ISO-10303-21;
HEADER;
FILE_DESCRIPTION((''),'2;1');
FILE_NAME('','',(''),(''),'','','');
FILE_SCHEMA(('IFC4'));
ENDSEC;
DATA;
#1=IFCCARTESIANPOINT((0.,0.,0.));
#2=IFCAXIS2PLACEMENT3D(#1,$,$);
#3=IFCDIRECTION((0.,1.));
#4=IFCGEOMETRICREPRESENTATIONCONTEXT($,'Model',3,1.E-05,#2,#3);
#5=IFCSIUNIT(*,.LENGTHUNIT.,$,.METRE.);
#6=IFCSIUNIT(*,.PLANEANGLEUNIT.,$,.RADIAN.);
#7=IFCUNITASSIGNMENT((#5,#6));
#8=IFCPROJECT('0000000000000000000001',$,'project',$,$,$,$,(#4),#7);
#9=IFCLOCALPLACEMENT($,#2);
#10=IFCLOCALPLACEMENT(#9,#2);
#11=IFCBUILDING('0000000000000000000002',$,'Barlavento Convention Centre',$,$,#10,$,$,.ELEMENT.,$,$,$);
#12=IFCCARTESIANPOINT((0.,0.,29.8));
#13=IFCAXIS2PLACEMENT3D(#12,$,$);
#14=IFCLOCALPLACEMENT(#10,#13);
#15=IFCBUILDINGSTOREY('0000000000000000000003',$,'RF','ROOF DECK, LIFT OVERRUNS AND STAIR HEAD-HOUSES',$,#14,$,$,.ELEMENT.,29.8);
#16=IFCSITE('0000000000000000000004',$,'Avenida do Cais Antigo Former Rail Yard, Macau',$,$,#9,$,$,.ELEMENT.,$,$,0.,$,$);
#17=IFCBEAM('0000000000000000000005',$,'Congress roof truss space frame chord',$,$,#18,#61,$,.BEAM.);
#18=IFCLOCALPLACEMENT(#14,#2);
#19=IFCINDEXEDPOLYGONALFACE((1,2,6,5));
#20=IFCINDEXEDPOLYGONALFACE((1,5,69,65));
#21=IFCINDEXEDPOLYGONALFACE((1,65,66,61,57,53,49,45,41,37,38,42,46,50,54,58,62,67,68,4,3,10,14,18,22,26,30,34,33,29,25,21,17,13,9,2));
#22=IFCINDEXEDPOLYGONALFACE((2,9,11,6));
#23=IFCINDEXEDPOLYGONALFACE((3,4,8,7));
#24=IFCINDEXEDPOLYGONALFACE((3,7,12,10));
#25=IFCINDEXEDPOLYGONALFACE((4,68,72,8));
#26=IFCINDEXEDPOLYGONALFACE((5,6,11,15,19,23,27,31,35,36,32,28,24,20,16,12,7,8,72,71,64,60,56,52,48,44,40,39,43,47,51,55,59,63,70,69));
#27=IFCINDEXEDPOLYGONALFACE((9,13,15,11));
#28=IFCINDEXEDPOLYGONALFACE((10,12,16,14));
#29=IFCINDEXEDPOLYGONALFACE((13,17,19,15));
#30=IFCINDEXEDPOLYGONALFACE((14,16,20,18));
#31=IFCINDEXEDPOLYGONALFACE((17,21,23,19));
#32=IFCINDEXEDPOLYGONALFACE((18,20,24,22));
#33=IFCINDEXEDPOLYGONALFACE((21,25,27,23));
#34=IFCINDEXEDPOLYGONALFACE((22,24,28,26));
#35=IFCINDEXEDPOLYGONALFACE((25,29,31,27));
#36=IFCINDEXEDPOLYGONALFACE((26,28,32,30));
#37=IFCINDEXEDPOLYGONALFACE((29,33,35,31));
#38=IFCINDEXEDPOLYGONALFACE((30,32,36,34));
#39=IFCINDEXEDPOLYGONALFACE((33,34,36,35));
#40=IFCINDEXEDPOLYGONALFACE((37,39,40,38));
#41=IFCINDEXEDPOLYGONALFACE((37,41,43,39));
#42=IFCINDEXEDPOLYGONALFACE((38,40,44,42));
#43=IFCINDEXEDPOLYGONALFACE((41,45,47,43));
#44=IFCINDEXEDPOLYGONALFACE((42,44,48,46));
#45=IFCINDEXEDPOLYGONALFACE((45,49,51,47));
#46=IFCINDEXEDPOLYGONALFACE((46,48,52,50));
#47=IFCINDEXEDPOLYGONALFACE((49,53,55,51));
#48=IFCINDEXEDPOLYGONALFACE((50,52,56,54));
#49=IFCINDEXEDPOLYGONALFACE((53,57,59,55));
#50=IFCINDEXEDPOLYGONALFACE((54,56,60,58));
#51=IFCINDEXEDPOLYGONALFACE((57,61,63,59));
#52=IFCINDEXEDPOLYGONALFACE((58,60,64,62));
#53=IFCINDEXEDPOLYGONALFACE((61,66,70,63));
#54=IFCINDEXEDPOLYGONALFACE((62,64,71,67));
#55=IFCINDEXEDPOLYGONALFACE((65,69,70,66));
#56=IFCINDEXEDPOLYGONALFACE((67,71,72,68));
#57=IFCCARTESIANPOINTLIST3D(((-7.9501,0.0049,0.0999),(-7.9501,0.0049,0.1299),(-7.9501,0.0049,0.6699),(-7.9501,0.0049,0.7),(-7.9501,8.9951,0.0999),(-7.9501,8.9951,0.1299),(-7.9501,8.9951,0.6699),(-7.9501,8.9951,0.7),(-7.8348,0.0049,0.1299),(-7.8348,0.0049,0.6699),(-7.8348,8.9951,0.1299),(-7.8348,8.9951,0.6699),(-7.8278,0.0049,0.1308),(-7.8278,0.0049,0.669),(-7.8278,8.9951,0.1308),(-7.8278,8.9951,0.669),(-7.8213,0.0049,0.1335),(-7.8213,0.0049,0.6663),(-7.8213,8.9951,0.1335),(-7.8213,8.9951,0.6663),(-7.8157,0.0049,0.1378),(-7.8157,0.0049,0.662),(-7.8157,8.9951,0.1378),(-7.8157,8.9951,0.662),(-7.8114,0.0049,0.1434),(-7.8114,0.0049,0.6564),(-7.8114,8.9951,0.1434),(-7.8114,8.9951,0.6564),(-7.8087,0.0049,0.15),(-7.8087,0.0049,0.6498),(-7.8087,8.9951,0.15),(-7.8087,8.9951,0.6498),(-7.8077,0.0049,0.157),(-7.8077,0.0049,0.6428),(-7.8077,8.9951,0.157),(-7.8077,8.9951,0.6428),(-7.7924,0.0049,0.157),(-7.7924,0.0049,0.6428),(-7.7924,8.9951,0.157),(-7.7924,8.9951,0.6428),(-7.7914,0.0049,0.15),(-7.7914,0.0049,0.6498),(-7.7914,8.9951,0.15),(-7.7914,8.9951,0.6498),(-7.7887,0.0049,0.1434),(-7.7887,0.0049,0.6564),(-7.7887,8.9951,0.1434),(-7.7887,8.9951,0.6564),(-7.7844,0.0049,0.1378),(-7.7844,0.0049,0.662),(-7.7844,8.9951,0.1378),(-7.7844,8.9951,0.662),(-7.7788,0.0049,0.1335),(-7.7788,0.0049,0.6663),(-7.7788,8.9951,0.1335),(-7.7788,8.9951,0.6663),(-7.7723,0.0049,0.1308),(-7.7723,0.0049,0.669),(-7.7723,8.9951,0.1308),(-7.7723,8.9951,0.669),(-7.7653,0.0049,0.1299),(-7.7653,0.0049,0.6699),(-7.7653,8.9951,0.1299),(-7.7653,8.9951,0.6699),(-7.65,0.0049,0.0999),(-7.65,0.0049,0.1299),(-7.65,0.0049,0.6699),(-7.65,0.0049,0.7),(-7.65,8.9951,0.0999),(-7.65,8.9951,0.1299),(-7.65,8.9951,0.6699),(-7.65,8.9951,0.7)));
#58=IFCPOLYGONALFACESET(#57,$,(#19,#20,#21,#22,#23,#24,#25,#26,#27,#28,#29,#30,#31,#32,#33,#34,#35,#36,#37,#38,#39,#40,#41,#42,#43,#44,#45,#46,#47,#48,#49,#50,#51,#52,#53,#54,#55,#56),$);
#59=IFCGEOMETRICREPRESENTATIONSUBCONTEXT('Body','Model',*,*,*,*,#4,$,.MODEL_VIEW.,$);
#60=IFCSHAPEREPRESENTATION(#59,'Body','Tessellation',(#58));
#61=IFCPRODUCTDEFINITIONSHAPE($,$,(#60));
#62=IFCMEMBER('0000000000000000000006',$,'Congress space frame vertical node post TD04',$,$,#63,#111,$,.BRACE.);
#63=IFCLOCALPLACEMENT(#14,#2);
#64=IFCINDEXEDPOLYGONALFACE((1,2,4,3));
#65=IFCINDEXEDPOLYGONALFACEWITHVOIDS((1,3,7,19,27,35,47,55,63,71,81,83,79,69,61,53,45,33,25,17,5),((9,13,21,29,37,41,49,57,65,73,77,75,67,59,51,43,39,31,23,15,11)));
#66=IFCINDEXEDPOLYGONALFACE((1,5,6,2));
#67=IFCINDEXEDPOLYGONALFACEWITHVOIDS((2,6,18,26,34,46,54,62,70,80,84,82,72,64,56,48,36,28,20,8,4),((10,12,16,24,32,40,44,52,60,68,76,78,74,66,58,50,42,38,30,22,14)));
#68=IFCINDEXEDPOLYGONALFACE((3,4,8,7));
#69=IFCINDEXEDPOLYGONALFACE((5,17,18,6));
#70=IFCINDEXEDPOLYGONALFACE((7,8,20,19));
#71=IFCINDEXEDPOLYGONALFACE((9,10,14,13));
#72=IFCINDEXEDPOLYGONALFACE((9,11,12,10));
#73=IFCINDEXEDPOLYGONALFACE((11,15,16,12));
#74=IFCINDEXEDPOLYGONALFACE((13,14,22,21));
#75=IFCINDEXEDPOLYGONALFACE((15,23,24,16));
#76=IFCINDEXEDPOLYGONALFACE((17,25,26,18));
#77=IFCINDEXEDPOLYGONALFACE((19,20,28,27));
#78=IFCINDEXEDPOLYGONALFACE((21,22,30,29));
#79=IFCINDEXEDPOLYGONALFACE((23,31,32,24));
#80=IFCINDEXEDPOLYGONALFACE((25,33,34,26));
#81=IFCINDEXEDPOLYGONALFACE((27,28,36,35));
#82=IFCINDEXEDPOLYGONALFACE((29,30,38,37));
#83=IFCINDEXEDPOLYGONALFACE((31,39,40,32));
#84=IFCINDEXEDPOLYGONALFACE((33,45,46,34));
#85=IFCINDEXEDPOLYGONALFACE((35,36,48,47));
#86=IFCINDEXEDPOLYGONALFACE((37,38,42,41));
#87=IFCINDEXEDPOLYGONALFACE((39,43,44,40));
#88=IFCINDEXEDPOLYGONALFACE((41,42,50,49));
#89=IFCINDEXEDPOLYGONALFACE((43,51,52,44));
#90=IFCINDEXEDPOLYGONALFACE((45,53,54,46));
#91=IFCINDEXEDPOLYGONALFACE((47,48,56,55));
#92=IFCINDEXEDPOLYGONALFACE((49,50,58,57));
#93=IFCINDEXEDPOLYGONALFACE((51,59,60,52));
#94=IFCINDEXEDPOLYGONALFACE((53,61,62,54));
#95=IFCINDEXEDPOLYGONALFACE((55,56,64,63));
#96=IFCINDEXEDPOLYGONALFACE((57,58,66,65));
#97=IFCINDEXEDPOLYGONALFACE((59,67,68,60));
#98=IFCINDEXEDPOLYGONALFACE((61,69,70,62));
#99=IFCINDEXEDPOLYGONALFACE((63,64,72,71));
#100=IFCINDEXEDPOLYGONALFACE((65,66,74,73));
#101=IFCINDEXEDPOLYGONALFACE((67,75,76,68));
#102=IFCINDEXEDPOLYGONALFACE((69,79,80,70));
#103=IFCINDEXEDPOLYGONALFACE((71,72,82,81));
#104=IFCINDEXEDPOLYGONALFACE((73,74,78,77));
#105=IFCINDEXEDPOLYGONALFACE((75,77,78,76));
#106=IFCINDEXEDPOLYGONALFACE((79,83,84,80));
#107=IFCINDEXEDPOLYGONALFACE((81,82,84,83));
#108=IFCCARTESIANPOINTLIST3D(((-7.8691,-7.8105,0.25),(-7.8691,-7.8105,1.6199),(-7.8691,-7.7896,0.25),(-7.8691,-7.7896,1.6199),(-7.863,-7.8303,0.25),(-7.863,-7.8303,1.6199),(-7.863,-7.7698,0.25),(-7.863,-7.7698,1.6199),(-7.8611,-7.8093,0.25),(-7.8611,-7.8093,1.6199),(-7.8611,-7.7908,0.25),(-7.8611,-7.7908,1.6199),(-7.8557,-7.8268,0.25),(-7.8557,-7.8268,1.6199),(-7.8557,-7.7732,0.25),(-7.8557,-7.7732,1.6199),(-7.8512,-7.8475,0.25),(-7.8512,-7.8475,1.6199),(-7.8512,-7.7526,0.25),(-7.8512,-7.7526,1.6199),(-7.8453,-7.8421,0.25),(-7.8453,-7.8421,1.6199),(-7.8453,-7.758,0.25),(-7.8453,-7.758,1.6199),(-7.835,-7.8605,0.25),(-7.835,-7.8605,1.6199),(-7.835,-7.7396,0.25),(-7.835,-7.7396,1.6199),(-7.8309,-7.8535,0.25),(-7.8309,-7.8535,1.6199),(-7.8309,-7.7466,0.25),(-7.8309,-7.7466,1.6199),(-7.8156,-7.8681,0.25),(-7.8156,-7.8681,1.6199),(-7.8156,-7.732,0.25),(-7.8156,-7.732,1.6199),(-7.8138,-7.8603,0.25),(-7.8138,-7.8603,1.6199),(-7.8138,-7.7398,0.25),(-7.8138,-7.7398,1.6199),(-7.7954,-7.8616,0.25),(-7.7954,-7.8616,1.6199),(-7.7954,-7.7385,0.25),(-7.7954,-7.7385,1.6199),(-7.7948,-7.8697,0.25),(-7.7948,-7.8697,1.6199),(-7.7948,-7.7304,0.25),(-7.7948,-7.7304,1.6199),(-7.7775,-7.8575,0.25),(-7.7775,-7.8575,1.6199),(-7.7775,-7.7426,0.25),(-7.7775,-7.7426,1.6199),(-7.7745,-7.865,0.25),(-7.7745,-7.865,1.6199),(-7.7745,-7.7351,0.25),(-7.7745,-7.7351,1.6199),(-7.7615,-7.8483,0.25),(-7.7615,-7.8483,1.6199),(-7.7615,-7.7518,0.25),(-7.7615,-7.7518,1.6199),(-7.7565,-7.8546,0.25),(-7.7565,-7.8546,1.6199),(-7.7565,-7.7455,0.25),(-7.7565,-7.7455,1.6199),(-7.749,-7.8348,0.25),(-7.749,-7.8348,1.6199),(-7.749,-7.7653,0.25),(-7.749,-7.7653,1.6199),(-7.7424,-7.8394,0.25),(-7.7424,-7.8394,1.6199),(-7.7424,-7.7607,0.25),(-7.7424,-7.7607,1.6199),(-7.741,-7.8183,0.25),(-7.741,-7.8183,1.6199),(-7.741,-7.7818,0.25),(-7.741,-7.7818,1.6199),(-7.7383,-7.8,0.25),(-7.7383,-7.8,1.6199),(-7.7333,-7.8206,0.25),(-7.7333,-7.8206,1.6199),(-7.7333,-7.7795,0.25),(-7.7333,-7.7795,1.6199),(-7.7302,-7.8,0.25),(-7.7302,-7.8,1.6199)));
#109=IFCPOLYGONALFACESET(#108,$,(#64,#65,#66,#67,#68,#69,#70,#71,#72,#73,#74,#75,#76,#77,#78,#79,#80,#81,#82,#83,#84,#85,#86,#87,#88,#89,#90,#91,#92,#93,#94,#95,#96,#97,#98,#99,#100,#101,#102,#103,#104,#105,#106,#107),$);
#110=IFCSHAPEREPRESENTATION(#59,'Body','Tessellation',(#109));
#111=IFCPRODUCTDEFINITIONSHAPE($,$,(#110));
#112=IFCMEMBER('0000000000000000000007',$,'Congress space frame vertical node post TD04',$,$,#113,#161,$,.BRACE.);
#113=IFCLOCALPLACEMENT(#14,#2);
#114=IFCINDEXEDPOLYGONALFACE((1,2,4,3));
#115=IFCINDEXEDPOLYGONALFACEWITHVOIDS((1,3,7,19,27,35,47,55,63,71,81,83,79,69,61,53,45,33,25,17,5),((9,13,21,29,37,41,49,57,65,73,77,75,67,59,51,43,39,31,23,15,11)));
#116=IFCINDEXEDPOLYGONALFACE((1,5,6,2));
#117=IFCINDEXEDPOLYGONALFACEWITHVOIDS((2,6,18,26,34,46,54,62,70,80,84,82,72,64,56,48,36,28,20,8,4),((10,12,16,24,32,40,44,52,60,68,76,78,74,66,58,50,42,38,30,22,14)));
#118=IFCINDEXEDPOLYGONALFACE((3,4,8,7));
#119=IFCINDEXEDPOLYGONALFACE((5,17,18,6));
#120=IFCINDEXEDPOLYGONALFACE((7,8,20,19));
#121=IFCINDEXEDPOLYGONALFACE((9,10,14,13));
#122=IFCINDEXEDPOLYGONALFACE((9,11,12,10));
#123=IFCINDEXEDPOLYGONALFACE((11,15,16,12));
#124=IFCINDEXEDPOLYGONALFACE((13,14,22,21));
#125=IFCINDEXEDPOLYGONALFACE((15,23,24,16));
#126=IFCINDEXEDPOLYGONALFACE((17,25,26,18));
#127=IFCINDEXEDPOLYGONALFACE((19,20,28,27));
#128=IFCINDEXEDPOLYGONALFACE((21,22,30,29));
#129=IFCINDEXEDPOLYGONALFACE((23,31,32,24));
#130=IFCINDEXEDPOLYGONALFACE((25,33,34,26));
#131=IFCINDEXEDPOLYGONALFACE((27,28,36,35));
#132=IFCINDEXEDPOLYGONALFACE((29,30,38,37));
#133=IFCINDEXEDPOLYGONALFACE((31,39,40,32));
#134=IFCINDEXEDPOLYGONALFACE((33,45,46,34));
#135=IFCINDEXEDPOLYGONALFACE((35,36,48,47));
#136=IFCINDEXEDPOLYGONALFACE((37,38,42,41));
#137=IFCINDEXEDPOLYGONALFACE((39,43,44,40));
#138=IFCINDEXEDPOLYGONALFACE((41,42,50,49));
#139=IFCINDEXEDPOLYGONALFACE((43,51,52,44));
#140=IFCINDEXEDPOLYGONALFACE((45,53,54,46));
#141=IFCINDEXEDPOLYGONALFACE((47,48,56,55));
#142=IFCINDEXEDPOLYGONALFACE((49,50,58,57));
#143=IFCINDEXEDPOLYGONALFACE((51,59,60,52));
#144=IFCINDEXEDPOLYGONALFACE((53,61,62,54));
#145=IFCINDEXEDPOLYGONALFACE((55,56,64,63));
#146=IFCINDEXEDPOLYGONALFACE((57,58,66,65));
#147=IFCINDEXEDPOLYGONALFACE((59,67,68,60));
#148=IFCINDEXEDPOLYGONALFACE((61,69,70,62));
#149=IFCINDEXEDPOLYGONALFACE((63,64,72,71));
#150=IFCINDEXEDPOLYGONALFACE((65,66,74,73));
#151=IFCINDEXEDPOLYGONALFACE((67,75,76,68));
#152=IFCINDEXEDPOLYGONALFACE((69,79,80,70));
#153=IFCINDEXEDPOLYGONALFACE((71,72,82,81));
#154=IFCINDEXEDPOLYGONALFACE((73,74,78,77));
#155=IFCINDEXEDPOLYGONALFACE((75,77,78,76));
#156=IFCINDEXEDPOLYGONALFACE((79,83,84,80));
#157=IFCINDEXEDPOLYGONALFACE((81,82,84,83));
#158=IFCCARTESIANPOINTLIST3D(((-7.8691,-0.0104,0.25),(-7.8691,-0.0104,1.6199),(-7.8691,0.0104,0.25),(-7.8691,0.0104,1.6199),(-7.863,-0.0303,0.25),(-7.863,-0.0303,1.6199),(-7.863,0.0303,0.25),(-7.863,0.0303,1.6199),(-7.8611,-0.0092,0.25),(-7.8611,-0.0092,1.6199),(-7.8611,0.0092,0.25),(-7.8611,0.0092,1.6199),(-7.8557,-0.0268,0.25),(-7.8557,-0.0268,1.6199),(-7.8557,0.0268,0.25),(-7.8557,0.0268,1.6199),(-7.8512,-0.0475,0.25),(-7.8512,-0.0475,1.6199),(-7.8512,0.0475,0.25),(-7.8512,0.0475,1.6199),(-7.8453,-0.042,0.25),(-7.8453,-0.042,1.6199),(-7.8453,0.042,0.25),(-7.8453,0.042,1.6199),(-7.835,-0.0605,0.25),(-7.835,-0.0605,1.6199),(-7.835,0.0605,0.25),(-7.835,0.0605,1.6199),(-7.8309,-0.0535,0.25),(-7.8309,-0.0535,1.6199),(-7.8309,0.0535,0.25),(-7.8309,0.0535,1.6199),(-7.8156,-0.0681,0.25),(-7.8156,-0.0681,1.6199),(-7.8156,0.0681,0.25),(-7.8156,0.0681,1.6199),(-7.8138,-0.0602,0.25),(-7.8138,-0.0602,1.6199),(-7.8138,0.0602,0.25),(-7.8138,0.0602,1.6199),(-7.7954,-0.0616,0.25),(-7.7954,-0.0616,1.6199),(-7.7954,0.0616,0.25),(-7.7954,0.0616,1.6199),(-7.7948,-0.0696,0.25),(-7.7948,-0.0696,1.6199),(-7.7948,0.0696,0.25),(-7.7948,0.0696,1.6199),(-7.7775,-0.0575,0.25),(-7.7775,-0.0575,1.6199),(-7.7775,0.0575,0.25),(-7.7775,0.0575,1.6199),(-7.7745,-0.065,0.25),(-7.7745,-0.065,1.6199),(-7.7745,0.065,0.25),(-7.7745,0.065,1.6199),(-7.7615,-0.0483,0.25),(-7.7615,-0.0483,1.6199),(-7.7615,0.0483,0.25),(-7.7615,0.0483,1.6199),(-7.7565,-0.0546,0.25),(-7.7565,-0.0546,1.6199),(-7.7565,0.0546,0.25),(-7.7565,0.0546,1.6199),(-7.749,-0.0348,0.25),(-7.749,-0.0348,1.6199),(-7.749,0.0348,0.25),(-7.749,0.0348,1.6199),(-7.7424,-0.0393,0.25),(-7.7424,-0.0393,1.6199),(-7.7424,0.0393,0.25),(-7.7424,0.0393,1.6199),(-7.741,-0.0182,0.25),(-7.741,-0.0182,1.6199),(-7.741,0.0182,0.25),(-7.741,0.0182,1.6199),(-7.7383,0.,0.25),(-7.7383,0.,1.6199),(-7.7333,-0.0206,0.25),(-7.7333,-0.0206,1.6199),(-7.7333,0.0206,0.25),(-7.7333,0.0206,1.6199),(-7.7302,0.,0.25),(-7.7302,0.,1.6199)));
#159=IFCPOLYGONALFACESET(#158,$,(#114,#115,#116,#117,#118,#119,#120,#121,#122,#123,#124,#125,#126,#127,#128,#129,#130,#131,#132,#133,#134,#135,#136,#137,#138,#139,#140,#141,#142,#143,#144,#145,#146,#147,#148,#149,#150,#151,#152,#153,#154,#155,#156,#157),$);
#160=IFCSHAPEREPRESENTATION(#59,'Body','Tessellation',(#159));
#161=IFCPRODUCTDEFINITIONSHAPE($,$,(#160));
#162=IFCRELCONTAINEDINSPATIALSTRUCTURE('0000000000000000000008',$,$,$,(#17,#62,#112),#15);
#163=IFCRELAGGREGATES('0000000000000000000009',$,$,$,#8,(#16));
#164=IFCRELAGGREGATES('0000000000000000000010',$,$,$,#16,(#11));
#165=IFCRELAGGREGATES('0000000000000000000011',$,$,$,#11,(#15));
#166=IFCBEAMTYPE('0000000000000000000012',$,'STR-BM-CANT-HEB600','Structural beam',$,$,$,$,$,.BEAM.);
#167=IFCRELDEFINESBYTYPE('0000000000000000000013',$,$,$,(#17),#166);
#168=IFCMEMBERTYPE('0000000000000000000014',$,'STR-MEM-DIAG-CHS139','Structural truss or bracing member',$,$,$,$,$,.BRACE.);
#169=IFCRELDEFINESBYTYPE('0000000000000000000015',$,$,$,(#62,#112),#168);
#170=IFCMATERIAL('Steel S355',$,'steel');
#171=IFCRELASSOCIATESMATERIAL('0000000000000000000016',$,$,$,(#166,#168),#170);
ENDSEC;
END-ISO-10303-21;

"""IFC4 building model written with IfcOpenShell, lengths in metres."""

from ifc_helpers import new_model, si_unit, direction, frame, origin, origin_2d, place, context, subcontext, project, spatial, hollow_circle, i_section, extrude, material, material_profile, profile_set, type_object, element, save


model = new_model("IFC4")

# Units and contexts
model_context = context("Model", 3, precision=1e-05, world=origin(), true_north=direction((0.0, 1.0)))
body_context = subcontext(model_context, "Body", "Model", "MODEL_VIEW")
ifc_project = project(units=[si_unit("LENGTHUNIT", "METRE"), si_unit("PLANEANGLEUNIT", "RADIAN")], contexts=[model_context])

# Site, building, storey
site_placement = place(None, origin())
site = spatial("IfcSite", under=ifc_project, at=site_placement, Name="Avenida do Cais Antigo Former Rail Yard, Macau", CompositionType="ELEMENT", RefElevation=0.0)
building_placement = place(site_placement, origin())
building = spatial("IfcBuilding", under=site, at=building_placement, Name="Barlavento Convention Centre", CompositionType="ELEMENT")
storey_placement = place(building_placement, frame((0.0, 0.0, 29.8)))
storey = spatial("IfcBuildingStorey", under=building, at=storey_placement, Name="RF", Description="ROOF DECK, LIFT OVERRUNS AND STAIR HEAD-HOUSES", CompositionType="ELEMENT", Elevation=29.8)

# Beam
ifc_material_1 = material(Name="Steel S355", Category="steel")
ifc_material_profile_1 = material_profile(ifc_material_1, i_section(OverallWidth=0.3, OverallDepth=0.6001, WebThickness=0.0154, FlangeThickness=0.03, FilletRadius=0.0271, at=origin_2d()), Name="HEB 600")
ifc_profile_set_1 = profile_set([ifc_material_profile_1], Name="Steel S355")
beam_type = type_object("IfcBeamType", Name="STR-BM-CANT-HEB600", Description="Structural beam", PredefinedType="BEAM", material=ifc_profile_set_1)
beam_placement = place(storey_placement, frame((-7.8, 0.0049, 0.3999), z_axis=(0.0, 1.0, 0.0), x_axis=(-1.0, 0.0, 0.0)))
element("IfcBeam", 1, at=beam_placement, inside=storey, type_object=beam_type, Name="Congress roof truss space frame chord", PredefinedType="BEAM", context=body_context, shape_type="SweptSolid", body=[
    extrude(i_section(OverallWidth=0.3, OverallDepth=0.6001, WebThickness=0.0154, FlangeThickness=0.03, FilletRadius=0.0271, at=origin_2d()), origin(), (0.0, 0.0, 1.0), 8.9902),
])

# Members
ifc_material_profile_2 = material_profile(ifc_material_1, hollow_circle(Radius=0.0698, WallThickness=0.0081, at=origin_2d()), Name="CHS 139.7x8.0")
ifc_profile_set_2 = profile_set([ifc_material_profile_2], Name="Steel S355")
member_type_1 = type_object("IfcMemberType", Name="STR-MEM-DIAG-CHS139", Description="Structural truss or bracing member", PredefinedType="BRACE", material=ifc_profile_set_2)
for number, where, z_axis, x_axis, name in (
    (2, (-7.8, -7.8, 0.25), (0.0, 0.0, 1.0), (1.0, 0.0, 0.0), "Congress space frame vertical node post TD04"),
    (3, (-7.8, 0.0, 0.25), (0.0, 0.0, 1.0), (1.0, 0.0, 0.0), "Congress space frame vertical node post TD04"),
):
    element("IfcMember", number, at=place(storey_placement, frame(where, z_axis=z_axis, x_axis=x_axis)), inside=storey, type_object=member_type_1, Name=name, PredefinedType="BRACE", context=body_context, shape_type="SweptSolid", body=[
        extrude(hollow_circle(Radius=0.0698, WallThickness=0.0081, at=origin_2d()), origin(), (0.0, 0.0, 1.0), 1.3699),
    ])

save(model, "model.ifc")
